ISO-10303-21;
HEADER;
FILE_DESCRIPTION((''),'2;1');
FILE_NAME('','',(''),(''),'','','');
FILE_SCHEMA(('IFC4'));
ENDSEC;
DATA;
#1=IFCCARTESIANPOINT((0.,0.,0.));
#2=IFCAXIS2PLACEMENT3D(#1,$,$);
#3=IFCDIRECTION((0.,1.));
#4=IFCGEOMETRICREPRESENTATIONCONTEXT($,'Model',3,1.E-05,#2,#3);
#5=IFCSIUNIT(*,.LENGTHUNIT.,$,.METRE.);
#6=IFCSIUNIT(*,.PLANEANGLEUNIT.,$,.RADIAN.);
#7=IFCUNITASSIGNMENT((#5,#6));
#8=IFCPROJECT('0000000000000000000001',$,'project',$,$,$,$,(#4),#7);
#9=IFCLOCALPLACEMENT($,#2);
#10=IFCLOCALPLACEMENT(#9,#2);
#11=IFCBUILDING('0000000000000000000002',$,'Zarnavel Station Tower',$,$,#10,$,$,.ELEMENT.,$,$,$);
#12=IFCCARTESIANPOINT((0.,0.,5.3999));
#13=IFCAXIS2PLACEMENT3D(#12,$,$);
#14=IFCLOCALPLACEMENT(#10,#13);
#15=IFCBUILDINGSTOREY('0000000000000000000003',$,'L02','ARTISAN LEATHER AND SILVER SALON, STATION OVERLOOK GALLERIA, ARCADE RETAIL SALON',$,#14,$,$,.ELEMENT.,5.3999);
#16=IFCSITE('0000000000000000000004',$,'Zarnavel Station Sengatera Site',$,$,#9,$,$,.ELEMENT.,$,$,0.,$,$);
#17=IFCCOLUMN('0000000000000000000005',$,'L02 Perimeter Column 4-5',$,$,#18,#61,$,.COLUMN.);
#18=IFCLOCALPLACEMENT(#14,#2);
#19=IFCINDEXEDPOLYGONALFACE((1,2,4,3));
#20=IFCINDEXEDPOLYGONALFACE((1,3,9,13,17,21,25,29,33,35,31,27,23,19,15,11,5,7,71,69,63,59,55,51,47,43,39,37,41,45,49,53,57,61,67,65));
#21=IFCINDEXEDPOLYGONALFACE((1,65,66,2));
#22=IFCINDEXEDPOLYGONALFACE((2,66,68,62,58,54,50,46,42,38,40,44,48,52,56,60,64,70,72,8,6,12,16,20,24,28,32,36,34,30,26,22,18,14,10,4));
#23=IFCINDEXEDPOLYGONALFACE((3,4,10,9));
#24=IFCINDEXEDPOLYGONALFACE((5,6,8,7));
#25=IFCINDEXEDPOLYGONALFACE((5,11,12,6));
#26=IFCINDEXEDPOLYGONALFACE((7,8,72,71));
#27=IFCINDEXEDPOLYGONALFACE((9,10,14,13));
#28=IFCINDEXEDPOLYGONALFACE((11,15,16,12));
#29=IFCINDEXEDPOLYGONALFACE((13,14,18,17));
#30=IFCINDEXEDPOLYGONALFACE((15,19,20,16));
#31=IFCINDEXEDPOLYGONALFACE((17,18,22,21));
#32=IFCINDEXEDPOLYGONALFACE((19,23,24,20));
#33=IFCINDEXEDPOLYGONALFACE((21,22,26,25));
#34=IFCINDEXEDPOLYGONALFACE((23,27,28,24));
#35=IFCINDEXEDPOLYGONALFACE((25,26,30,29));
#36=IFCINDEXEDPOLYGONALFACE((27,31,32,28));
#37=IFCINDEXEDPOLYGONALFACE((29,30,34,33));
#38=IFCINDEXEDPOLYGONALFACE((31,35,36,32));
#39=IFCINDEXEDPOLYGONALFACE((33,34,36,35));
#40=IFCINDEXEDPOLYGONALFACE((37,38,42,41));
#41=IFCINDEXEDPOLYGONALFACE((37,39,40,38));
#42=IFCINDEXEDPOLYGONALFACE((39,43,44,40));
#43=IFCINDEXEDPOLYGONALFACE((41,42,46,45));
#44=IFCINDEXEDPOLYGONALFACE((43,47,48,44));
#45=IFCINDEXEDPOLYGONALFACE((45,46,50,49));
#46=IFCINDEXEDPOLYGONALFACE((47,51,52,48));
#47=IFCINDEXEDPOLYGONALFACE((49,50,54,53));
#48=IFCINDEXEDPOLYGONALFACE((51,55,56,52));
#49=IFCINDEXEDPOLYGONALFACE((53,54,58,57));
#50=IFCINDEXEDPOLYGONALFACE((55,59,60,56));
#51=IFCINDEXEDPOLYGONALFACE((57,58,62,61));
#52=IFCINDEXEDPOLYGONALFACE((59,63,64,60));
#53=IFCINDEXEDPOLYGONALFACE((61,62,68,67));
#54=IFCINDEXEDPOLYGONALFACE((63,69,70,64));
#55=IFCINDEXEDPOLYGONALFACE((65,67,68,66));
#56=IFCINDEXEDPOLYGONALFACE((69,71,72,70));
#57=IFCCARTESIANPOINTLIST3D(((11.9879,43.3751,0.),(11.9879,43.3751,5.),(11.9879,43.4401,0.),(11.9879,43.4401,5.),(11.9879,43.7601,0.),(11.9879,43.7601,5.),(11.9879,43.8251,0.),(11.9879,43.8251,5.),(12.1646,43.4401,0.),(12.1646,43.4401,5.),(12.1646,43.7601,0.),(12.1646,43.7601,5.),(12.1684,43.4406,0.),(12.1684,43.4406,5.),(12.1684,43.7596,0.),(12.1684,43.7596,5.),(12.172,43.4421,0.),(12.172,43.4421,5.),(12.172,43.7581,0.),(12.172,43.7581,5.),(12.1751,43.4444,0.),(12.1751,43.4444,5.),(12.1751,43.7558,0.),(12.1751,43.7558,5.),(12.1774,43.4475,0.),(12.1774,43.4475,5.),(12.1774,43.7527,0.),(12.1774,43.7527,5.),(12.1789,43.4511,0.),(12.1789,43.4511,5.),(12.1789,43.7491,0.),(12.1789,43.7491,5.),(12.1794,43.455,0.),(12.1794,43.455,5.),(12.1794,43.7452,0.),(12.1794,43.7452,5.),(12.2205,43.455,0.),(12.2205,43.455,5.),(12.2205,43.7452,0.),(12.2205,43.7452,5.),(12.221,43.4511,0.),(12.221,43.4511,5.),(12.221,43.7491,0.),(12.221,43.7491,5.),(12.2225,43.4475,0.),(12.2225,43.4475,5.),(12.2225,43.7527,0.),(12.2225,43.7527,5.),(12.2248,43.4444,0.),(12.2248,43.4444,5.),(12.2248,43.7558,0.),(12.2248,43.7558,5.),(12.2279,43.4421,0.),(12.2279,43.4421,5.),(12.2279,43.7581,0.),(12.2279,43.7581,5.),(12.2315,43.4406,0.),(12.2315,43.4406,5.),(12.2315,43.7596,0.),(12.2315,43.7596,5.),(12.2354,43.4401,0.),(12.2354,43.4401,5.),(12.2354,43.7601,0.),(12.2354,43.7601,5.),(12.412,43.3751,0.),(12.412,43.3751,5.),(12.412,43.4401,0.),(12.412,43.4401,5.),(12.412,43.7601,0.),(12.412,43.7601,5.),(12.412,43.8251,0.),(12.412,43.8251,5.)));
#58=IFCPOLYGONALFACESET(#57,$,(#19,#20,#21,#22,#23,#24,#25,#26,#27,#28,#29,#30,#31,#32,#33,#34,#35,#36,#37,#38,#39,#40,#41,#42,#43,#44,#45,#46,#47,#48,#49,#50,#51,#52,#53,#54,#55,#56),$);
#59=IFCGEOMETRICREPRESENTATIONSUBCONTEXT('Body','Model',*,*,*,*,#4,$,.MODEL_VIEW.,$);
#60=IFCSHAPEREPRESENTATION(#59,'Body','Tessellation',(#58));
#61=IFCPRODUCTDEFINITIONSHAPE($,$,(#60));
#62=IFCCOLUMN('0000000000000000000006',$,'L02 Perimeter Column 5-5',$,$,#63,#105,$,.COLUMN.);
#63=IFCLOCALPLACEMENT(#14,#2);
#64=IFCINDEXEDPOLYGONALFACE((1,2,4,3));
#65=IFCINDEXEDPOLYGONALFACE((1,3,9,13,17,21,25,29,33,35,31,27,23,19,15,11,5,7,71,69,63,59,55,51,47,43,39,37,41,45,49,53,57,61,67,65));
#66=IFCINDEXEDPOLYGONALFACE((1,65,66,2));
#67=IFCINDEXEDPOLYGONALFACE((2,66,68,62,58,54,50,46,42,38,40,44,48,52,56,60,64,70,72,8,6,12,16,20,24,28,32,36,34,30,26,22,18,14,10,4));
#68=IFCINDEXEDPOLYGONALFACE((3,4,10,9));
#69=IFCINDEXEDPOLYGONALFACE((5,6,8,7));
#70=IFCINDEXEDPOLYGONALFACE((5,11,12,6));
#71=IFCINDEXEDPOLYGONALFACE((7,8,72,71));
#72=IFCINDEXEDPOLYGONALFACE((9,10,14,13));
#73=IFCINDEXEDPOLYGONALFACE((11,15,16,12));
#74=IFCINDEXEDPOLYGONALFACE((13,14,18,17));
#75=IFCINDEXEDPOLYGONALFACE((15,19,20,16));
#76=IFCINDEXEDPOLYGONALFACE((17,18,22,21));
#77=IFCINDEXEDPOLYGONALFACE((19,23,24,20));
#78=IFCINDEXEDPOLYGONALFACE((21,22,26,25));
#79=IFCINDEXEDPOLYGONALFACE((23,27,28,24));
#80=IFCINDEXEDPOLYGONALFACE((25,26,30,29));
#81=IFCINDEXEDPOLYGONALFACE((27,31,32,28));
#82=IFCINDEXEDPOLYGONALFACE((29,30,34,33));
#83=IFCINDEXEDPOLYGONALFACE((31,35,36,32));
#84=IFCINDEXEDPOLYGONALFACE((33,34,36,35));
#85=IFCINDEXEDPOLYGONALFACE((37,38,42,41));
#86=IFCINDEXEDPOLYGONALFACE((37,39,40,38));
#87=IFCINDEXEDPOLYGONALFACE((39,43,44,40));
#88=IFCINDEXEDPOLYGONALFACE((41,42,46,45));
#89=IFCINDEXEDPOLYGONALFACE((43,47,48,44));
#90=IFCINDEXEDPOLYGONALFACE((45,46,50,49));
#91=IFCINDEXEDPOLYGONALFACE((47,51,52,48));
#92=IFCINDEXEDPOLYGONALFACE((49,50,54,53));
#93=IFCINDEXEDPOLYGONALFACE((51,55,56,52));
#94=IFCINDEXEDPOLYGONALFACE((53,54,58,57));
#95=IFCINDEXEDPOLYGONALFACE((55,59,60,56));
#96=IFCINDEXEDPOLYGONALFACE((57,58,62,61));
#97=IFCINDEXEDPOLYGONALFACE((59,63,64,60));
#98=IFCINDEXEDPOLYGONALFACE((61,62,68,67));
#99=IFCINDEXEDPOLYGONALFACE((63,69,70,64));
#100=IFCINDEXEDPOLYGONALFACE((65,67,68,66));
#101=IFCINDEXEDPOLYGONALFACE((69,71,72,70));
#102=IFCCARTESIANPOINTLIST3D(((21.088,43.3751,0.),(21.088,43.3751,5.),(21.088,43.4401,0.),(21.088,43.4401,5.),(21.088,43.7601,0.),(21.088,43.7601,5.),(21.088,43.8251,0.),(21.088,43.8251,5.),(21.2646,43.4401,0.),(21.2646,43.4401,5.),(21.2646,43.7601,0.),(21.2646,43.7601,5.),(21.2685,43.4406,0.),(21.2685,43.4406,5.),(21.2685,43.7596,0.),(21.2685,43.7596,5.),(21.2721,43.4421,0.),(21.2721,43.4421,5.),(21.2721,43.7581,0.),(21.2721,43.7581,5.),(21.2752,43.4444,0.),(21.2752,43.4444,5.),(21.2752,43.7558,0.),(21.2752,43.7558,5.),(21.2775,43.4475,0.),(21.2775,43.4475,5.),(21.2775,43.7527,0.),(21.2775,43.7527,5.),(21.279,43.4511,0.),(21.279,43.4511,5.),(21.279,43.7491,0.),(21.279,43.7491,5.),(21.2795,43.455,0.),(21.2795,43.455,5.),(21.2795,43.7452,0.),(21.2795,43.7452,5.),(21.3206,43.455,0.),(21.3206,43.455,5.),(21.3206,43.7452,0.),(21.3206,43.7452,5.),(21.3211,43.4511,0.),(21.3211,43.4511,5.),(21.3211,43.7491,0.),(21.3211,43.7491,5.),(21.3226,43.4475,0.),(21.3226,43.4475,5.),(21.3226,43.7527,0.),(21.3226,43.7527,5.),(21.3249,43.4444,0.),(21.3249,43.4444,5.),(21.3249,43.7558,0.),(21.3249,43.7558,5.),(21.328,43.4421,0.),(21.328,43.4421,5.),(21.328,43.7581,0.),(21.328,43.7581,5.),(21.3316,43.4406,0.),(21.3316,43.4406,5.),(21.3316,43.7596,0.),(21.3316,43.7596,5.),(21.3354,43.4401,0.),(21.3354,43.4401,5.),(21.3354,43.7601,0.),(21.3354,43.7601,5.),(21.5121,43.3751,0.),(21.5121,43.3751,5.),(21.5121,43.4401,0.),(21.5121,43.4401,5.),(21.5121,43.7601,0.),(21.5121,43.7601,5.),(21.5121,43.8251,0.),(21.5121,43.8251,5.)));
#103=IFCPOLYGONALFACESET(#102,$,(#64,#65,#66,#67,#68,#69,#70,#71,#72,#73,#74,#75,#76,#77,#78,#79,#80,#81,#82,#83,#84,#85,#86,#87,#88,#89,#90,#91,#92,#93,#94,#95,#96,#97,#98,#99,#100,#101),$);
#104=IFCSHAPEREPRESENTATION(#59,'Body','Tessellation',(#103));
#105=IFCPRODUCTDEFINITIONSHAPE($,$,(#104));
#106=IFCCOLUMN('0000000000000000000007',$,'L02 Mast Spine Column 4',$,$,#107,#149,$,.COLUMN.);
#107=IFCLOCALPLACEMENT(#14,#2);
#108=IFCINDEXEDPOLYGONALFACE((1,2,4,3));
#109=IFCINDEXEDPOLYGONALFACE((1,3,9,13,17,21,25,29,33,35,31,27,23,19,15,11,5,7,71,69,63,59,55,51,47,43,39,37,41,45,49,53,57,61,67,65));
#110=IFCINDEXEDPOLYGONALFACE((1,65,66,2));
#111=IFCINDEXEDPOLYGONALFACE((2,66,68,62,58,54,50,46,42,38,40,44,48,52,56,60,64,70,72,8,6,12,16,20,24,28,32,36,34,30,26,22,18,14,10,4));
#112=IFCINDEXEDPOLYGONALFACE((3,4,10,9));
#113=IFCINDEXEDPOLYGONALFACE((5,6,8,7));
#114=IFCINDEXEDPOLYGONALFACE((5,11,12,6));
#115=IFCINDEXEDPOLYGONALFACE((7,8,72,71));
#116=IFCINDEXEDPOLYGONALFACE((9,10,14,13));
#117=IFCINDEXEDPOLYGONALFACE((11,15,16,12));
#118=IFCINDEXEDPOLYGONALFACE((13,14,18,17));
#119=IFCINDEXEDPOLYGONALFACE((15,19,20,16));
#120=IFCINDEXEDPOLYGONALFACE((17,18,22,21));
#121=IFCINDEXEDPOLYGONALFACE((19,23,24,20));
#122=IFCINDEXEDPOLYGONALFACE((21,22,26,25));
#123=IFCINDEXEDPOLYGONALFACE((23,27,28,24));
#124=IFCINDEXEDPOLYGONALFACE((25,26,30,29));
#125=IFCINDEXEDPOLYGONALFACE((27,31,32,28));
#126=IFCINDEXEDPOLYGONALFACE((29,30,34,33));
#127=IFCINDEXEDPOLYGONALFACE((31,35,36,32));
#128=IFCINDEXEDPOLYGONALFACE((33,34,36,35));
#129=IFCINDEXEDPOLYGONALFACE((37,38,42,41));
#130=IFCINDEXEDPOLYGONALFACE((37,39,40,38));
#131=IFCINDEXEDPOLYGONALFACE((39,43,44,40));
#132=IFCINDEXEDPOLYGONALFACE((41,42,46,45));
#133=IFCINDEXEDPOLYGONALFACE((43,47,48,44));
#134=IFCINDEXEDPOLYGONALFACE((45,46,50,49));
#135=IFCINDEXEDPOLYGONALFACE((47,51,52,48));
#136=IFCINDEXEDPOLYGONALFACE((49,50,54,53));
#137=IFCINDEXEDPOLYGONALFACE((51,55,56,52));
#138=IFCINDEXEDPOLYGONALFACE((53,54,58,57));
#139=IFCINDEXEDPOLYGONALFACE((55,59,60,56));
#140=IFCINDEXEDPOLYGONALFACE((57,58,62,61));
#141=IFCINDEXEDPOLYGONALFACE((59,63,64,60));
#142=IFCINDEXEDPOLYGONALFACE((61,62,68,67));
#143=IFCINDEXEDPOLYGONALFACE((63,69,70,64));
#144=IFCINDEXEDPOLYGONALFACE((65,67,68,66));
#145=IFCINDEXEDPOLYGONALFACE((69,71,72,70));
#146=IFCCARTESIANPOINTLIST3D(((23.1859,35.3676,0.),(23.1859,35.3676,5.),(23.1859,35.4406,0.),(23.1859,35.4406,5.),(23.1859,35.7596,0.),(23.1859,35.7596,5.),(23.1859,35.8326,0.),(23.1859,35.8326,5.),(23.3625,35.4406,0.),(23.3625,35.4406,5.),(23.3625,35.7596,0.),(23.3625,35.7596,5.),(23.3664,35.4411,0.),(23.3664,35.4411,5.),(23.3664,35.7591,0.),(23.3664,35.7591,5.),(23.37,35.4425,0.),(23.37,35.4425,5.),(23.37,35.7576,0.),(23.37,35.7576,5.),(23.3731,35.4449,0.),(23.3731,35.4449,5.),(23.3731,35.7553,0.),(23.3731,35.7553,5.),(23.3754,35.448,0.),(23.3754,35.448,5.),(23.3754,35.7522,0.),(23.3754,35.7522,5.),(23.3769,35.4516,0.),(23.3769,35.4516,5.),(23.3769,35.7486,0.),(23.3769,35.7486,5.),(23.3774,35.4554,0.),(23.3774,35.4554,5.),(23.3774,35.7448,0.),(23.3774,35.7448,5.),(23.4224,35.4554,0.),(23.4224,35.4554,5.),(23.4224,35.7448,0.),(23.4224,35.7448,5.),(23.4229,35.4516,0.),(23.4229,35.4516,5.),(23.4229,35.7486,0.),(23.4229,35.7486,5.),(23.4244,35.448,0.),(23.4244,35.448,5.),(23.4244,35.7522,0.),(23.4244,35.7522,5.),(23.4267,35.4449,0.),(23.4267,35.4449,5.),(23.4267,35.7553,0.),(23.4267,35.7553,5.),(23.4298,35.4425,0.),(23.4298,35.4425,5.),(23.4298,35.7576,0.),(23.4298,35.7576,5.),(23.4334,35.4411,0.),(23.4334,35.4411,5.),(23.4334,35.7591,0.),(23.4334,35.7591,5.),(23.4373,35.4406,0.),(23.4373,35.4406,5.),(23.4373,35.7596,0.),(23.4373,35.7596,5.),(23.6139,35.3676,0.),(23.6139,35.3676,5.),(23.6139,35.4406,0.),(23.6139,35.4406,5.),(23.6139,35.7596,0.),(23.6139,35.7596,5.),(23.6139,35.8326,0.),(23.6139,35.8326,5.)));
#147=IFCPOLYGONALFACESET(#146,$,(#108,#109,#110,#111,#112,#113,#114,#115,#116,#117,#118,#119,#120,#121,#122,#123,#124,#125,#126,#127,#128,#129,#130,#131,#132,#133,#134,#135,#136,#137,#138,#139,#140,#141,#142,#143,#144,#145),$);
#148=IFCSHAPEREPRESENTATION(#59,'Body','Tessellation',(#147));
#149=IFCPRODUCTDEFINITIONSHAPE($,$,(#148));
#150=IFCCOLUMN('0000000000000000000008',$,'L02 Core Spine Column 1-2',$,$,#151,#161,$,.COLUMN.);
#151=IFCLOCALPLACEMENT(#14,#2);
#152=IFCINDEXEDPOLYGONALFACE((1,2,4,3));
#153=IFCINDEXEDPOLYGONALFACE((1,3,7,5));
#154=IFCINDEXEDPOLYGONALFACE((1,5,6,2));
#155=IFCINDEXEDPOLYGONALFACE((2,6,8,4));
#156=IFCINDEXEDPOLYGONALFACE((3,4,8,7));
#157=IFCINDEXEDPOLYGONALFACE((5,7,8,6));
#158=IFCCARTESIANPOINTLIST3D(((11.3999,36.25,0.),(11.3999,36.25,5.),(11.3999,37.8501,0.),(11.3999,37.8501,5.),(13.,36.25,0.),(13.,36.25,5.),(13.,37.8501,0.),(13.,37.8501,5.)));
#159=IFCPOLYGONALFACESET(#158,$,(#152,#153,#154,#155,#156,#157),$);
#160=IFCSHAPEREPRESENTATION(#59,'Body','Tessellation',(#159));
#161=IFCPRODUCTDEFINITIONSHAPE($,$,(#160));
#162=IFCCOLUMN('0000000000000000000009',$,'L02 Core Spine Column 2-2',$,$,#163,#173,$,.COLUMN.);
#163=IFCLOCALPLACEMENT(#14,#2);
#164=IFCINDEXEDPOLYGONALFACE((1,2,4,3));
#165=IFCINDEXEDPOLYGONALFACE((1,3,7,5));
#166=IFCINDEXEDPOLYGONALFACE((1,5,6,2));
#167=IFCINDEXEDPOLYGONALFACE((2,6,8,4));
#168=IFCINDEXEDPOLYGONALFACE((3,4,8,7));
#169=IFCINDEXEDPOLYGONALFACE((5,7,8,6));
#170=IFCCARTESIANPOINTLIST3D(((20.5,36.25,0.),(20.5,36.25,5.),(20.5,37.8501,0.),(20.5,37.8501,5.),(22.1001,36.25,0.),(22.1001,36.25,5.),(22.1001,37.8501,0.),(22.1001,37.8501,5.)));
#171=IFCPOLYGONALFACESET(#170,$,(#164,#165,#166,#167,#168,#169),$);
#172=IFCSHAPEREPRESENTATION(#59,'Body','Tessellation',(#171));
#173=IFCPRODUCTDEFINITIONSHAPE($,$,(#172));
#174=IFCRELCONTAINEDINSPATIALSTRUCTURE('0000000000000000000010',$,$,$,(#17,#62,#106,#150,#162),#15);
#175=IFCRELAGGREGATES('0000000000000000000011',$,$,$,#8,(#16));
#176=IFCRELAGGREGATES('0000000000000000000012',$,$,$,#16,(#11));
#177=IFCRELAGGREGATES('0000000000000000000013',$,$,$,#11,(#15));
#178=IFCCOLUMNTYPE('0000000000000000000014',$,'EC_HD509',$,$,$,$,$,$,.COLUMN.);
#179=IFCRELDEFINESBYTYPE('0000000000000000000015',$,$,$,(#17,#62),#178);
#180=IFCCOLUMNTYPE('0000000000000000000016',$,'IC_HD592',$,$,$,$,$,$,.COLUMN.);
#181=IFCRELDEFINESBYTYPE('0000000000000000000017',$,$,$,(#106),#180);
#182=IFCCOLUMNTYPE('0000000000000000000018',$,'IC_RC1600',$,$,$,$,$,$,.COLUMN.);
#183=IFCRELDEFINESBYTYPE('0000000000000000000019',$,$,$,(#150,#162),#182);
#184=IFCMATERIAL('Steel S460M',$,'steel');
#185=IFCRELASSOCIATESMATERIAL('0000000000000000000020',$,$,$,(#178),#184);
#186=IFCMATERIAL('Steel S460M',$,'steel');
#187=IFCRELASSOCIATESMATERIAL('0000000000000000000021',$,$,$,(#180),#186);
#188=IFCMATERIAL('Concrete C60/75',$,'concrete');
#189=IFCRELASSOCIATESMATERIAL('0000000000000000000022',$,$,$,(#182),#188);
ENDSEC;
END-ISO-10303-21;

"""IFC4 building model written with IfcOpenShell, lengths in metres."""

from ifc_helpers import new_model, si_unit, direction, frame, origin, origin_2d, place, context, subcontext, project, spatial, rectangle, i_section, extrude, material, material_profile, profile_set, type_object, element, save


model = new_model("IFC4")

# Units and contexts
model_context = context("Model", 3, precision=1e-05, world=origin(), true_north=direction((0.0, 1.0)))
body_context = subcontext(model_context, "Body", "Model", "MODEL_VIEW")
ifc_project = project(units=[si_unit("LENGTHUNIT", "METRE"), si_unit("PLANEANGLEUNIT", "RADIAN")], contexts=[model_context])

# Site, building, storey
site_placement = place(None, origin())
site = spatial("IfcSite", under=ifc_project, at=site_placement, Name="Zarnavel Station Sengatera Site", CompositionType="ELEMENT", RefElevation=0.0)
building_placement = place(site_placement, origin())
building = spatial("IfcBuilding", under=site, at=building_placement, Name="Zarnavel Station Tower", CompositionType="ELEMENT")
storey_placement = place(building_placement, frame((0.0, 0.0, 5.3999)))
storey = spatial("IfcBuildingStorey", under=building, at=storey_placement, Name="L02", Description="ARTISAN LEATHER AND SILVER SALON, STATION OVERLOOK GALLERIA, ARCADE RETAIL SALON", CompositionType="ELEMENT", Elevation=5.3999)

# Columns
ifc_material_1 = material(Name="Steel S460M", Category="steel")
ifc_material_profile_1 = material_profile(ifc_material_1, i_section(OverallWidth=0.4241, OverallDepth=0.45, WebThickness=0.041, FlangeThickness=0.0649, FilletRadius=0.0149, at=origin_2d()), Name="HD400x509")
ifc_profile_set_1 = profile_set([ifc_material_profile_1], Name="Steel S460M")
column_type_1 = type_object("IfcColumnType", Name="EC_HD509", PredefinedType="COLUMN", material=ifc_profile_set_1)
for number, where, z_axis, x_axis, name in (
    (1, (12.2, 43.6001, 0.0), (0.0, 0.0, 1.0), (1.0, 0.0, 0.0), "L02 Perimeter Column 4-5"),
    (2, (21.3, 43.6001, 0.0), (0.0, 0.0, 1.0), (1.0, 0.0, 0.0), "L02 Perimeter Column 5-5"),
):
    element("IfcColumn", number, at=place(storey_placement, frame(where, z_axis=z_axis, x_axis=x_axis)), inside=storey, type_object=column_type_1, Name=name, PredefinedType="COLUMN", context=body_context, shape_type="SweptSolid", body=[
        extrude(i_section(OverallWidth=0.4241, OverallDepth=0.45, WebThickness=0.041, FlangeThickness=0.0649, FilletRadius=0.0149, at=origin_2d()), origin(), (0.0, 0.0, 1.0), 5.0),
    ])
ifc_material_2 = material(Name="Steel S460M", Category="steel")
ifc_material_profile_2 = material_profile(ifc_material_2, i_section(OverallWidth=0.428, OverallDepth=0.4651, WebThickness=0.0449, FlangeThickness=0.073, FilletRadius=0.0149, at=origin_2d()), Name="HD400x592")
ifc_profile_set_2 = profile_set([ifc_material_profile_2], Name="Steel S460M")
column_type_2 = type_object("IfcColumnType", Name="IC_HD592", PredefinedType="COLUMN", material=ifc_profile_set_2)
column_placement = place(storey_placement, frame((23.3999, 35.6001, 0.0), z_axis=(0.0, 0.0, 1.0), x_axis=(1.0, 0.0, 0.0)))
element("IfcColumn", 3, at=column_placement, inside=storey, type_object=column_type_2, Name="L02 Mast Spine Column 4", PredefinedType="COLUMN", context=body_context, shape_type="SweptSolid", body=[
    extrude(i_section(OverallWidth=0.428, OverallDepth=0.4651, WebThickness=0.0449, FlangeThickness=0.073, FilletRadius=0.0149, at=origin_2d()), origin(), (0.0, 0.0, 1.0), 5.0),
])
ifc_material_3 = material(Name="Concrete C60/75", Category="concrete")
ifc_material_profile_3 = material_profile(ifc_material_3, rectangle(XDim=1.6001, YDim=1.6001, at=origin_2d()), Name="RC1600x1600")
ifc_profile_set_3 = profile_set([ifc_material_profile_3], Name="Concrete C60/75")
column_type_3 = type_object("IfcColumnType", Name="IC_RC1600", PredefinedType="COLUMN", material=ifc_profile_set_3)
for number, where, z_axis, x_axis, name in (
    (4, (12.2, 37.05, 0.0), (0.0, 0.0, 1.0), (1.0, 0.0, 0.0), "L02 Core Spine Column 1-2"),
    (5, (21.3, 37.05, 0.0), (0.0, 0.0, 1.0), (1.0, 0.0, 0.0), "L02 Core Spine Column 2-2"),
):
    element("IfcColumn", number, at=place(storey_placement, frame(where, z_axis=z_axis, x_axis=x_axis)), inside=storey, type_object=column_type_3, Name=name, PredefinedType="COLUMN", context=body_context, shape_type="SweptSolid", body=[
        extrude(rectangle(XDim=1.6001, YDim=1.6001, at=origin_2d()), origin(), (0.0, 0.0, 1.0), 5.0),
    ])

save(model, "model.ifc")
